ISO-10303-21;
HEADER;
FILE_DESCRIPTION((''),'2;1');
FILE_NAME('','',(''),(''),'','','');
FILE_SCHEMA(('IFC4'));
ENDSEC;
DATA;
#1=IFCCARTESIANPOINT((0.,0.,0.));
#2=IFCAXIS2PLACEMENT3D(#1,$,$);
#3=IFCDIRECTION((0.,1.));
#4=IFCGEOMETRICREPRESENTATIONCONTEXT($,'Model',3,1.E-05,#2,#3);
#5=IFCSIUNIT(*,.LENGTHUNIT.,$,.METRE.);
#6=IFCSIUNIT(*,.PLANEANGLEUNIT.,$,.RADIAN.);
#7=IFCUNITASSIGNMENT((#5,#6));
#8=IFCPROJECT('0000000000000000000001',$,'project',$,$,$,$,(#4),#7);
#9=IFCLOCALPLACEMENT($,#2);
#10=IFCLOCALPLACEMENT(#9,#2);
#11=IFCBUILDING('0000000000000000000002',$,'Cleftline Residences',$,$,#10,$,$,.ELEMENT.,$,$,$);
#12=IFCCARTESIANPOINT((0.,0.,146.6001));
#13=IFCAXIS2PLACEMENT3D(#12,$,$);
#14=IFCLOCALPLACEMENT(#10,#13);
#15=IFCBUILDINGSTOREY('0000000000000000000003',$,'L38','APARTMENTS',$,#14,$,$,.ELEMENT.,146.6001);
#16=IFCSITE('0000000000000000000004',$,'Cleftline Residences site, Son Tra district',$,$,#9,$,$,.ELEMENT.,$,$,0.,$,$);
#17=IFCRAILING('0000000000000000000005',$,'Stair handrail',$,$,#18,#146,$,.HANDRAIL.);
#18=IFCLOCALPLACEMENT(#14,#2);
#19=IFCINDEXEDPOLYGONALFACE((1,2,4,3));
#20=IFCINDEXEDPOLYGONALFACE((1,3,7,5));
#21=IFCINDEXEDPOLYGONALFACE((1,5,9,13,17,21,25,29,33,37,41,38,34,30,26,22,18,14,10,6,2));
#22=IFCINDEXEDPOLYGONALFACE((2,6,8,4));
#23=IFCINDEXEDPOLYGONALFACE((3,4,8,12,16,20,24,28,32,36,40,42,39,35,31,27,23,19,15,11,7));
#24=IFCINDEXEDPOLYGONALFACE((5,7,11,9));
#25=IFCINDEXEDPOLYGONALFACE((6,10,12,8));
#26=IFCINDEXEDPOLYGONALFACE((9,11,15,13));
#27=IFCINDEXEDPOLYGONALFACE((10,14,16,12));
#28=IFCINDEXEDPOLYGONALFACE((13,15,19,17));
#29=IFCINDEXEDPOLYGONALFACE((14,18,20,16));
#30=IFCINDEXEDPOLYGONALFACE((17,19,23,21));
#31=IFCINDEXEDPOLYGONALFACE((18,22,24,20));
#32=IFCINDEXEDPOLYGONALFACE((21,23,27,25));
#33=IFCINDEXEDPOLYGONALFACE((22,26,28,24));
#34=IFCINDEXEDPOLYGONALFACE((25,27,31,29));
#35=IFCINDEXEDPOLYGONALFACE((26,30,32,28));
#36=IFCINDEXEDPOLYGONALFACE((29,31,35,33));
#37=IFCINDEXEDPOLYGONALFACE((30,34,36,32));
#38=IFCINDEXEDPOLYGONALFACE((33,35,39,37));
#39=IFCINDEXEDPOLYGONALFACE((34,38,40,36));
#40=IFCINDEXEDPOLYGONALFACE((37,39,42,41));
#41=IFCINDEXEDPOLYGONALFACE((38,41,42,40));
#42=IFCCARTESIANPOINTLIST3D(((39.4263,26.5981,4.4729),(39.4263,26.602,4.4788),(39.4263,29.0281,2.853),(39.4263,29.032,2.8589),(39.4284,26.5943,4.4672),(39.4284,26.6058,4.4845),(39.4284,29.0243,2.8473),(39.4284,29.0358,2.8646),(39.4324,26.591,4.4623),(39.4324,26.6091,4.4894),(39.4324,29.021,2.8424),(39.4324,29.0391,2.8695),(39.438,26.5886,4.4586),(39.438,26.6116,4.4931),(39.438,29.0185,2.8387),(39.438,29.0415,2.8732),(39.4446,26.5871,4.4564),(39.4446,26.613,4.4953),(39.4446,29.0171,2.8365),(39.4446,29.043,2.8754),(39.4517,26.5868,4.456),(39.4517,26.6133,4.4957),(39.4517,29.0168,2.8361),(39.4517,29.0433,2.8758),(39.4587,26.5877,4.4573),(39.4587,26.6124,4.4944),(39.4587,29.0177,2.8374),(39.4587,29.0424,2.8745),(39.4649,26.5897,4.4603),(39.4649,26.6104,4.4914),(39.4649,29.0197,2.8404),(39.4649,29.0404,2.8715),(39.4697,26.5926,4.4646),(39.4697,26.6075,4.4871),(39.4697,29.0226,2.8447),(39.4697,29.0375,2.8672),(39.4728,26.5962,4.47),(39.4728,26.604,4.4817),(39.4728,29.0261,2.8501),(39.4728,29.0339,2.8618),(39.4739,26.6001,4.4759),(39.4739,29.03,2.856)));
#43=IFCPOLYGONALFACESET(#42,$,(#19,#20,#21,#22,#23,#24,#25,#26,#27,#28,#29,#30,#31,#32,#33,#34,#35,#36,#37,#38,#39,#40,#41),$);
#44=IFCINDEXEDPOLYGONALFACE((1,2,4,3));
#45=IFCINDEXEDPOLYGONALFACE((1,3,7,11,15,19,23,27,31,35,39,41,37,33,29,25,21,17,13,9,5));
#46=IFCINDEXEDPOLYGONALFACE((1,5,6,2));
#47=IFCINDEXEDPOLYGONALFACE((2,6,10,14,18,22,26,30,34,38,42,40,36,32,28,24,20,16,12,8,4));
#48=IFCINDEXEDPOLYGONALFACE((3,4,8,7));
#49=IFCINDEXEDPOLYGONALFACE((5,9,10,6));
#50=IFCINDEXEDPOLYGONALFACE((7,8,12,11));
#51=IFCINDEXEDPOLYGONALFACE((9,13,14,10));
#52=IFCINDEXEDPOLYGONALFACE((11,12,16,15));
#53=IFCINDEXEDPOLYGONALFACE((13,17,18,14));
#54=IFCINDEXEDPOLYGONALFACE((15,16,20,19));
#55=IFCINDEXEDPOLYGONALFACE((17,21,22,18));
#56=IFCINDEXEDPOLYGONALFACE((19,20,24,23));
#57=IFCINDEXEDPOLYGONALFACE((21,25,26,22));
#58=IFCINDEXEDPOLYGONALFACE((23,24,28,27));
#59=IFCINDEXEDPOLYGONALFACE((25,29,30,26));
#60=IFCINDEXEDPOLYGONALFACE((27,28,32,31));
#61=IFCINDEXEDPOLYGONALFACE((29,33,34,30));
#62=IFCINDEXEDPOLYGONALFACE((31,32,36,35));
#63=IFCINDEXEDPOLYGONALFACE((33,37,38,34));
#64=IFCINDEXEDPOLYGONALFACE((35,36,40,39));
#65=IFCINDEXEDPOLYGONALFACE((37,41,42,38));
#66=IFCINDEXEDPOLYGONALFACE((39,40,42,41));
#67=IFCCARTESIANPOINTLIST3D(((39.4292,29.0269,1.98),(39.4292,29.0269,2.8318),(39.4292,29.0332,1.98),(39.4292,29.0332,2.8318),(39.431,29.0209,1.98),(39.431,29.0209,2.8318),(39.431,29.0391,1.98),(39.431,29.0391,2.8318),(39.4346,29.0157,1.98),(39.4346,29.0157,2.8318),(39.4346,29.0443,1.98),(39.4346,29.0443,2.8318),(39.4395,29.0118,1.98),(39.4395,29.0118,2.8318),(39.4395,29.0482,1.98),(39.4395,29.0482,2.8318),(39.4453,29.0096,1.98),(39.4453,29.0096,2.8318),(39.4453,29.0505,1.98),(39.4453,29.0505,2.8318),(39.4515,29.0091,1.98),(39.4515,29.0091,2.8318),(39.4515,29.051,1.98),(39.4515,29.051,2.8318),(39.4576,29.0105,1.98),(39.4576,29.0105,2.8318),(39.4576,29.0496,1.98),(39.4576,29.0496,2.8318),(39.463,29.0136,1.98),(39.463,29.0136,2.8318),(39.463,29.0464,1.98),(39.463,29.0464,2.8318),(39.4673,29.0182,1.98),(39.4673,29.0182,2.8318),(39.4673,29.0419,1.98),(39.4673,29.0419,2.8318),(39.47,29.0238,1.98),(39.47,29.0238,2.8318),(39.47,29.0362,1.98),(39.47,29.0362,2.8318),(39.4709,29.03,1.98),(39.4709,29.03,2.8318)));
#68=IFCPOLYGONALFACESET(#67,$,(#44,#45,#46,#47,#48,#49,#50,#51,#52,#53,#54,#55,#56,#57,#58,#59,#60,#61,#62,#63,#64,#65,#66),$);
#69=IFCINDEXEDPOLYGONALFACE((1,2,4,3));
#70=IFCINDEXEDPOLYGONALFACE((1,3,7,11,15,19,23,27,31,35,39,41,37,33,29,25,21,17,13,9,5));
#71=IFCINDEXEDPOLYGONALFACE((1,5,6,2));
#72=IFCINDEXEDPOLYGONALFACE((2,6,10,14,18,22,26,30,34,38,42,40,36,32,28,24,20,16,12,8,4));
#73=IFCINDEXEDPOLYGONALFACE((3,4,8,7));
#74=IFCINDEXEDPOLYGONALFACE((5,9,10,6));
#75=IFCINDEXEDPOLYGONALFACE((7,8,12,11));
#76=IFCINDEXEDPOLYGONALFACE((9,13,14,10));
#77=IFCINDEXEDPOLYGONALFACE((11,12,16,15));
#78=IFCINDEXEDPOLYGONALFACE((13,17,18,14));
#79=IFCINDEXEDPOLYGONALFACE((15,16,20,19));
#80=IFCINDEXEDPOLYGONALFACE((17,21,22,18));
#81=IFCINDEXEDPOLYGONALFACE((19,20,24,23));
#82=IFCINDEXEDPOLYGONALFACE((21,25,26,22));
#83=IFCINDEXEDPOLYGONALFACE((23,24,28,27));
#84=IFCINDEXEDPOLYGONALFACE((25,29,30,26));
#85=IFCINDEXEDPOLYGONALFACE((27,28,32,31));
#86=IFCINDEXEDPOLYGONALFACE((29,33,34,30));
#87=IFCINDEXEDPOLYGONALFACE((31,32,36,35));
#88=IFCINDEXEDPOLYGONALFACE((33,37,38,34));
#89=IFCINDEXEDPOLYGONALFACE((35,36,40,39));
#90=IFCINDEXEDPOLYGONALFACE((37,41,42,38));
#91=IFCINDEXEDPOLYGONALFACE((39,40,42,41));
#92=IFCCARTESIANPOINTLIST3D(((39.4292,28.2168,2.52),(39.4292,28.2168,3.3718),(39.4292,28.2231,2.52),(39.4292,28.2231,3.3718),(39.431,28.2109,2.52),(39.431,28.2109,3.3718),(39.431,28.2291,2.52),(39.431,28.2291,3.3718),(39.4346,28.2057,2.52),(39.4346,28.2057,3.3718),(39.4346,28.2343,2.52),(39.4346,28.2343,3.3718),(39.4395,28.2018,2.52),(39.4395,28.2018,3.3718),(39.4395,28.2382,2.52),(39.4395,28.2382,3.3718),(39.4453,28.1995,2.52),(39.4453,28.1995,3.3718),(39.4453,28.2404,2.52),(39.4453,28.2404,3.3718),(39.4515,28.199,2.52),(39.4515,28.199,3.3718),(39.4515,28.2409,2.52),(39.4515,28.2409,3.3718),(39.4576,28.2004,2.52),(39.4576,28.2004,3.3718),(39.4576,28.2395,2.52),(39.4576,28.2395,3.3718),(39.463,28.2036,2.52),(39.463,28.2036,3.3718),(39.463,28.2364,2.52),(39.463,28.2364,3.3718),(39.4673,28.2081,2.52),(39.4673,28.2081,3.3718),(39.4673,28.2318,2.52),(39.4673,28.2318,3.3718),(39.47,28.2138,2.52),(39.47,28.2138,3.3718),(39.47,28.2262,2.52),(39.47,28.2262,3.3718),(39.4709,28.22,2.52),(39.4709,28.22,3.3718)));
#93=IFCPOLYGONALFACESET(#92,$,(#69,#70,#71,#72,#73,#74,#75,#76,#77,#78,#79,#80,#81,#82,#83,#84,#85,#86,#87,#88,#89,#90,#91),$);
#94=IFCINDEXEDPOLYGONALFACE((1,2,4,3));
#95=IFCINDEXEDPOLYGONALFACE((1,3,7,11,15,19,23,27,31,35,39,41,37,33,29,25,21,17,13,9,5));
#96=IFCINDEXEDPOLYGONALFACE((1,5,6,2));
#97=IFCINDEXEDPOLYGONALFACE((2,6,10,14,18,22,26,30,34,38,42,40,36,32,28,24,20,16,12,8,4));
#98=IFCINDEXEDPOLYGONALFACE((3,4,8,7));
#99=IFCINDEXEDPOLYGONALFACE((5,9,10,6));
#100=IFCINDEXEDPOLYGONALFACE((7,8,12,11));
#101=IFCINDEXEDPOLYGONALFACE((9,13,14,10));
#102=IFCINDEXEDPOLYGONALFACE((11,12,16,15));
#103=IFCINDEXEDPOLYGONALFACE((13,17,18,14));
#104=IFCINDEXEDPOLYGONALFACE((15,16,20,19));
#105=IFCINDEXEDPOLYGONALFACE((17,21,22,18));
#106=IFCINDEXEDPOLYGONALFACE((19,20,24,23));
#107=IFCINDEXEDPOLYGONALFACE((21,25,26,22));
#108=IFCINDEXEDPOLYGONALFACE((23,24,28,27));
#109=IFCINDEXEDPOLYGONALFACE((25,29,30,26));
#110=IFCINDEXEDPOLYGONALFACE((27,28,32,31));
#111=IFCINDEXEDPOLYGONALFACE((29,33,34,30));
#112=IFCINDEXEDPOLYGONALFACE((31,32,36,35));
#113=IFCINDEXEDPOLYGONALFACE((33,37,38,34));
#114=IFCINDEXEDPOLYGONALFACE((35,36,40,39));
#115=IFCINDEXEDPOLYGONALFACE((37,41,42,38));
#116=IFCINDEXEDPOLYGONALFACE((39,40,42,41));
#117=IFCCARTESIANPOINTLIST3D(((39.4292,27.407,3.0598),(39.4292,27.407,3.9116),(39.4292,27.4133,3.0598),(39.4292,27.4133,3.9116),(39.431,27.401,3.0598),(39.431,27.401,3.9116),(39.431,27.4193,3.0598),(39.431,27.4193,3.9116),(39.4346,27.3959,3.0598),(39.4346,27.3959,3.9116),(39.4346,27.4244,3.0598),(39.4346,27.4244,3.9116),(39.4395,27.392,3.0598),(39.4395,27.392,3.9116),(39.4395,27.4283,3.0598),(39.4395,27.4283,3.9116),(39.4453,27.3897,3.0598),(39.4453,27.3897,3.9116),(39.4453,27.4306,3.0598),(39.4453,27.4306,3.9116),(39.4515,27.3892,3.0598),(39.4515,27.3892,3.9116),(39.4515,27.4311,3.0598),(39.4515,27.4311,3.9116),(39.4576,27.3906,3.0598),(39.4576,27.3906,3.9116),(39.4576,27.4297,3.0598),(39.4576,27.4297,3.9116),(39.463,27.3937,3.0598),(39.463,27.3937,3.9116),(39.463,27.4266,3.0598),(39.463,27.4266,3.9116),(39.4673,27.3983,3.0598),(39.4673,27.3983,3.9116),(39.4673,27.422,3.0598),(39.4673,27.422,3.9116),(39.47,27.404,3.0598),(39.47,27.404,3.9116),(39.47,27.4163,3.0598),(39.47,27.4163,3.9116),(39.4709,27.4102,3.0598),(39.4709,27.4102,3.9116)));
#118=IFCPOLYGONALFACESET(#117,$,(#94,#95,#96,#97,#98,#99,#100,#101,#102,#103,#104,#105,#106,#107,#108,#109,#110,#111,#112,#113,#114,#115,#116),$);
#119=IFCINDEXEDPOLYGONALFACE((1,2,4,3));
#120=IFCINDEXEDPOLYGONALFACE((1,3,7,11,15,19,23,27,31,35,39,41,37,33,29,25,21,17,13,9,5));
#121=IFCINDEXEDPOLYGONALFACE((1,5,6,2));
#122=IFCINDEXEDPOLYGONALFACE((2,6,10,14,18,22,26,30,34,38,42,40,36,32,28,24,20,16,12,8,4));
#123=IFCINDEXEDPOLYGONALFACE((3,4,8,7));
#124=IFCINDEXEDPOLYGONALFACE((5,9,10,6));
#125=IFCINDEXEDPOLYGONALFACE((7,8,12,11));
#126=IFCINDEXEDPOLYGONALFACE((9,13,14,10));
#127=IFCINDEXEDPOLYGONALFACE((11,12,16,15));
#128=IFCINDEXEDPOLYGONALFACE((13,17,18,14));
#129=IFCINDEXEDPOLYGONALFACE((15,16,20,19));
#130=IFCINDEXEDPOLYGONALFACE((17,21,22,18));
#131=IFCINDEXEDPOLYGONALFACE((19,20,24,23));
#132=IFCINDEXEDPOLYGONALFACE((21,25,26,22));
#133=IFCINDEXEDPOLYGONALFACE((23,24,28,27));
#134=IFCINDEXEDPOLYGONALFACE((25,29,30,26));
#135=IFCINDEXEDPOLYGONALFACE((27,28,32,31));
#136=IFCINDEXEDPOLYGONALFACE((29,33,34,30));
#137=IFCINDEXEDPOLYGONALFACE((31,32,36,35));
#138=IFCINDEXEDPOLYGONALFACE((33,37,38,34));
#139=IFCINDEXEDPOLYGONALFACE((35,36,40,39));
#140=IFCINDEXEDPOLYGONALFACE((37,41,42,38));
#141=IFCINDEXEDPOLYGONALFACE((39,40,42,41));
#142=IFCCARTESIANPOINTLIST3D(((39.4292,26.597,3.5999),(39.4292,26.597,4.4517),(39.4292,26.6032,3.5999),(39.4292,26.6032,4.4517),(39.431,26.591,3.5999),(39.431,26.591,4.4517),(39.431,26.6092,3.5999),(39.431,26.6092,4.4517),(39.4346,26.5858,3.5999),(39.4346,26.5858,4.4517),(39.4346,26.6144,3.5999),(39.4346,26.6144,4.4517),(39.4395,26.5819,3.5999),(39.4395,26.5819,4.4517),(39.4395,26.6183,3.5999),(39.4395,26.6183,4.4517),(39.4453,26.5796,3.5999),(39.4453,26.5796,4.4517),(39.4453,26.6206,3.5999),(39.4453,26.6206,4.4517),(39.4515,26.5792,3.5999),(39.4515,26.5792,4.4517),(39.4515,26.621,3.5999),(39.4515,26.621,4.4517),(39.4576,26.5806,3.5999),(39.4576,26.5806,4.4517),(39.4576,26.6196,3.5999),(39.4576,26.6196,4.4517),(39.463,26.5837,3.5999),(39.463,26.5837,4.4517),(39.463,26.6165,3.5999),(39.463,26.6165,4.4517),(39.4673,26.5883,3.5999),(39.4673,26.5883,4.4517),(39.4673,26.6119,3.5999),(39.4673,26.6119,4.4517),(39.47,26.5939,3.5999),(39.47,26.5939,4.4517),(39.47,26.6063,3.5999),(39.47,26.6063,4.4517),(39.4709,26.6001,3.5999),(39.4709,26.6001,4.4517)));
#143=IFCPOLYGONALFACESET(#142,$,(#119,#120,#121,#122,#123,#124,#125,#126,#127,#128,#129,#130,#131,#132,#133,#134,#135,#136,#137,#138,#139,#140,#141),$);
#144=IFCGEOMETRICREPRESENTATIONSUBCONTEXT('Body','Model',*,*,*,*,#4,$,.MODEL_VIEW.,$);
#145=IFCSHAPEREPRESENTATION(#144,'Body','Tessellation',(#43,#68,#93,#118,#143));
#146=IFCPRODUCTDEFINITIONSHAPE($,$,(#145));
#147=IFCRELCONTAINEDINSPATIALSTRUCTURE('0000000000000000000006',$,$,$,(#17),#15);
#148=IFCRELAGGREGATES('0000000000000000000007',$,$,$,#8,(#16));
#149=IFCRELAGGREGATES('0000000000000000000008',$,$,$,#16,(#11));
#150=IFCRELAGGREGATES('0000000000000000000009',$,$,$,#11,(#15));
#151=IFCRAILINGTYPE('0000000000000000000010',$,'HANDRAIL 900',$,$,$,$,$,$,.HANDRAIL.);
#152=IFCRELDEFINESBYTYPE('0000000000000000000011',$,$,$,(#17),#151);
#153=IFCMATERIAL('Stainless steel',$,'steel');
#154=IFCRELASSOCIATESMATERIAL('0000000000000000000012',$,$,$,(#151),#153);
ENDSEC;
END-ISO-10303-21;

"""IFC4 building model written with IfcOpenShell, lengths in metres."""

from ifc_helpers import new_model, si_unit, direction, frame, origin, origin_2d, place, context, subcontext, project, spatial, circle, extrude, material, type_object, element, save


model = new_model("IFC4")

# Units and contexts
model_context = context("Model", 3, precision=1e-05, world=origin(), true_north=direction((0.0, 1.0)))
body_context = subcontext(model_context, "Body", "Model", "MODEL_VIEW")
ifc_project = project(units=[si_unit("LENGTHUNIT", "METRE"), si_unit("PLANEANGLEUNIT", "RADIAN")], contexts=[model_context])

# Site, building, storey
site_placement = place(None, origin())
site = spatial("IfcSite", under=ifc_project, at=site_placement, Name="Cleftline Residences site, Son Tra district", CompositionType="ELEMENT", RefElevation=0.0)
building_placement = place(site_placement, origin())
building = spatial("IfcBuilding", under=site, at=building_placement, Name="Cleftline Residences", CompositionType="ELEMENT")
storey_placement = place(building_placement, frame((0.0, 0.0, 146.6001)))
storey = spatial("IfcBuildingStorey", under=building, at=storey_placement, Name="L38", Description="APARTMENTS", CompositionType="ELEMENT", Elevation=146.6001)

# Railing
ifc_material_1 = material(Name="Stainless steel", Category="steel")
railing_type = type_object("IfcRailingType", Name="HANDRAIL 900", PredefinedType="HANDRAIL", material=ifc_material_1)
railing_1_placement = place(storey_placement, frame((39.45, 29.03, 1.98)))
element("IfcRailing", 1, at=railing_1_placement, inside=storey, type_object=railing_type, Name="Stair handrail", PredefinedType="HANDRAIL", context=body_context, shape_type="SweptSolid", body=[
    extrude(circle(Radius=0.0239, at=origin_2d()), frame((0.0, 0.0, 0.876), z_axis=(0.0, -0.832063, 0.554681), x_axis=(1.0, 0.0, 0.0)), (0.0, 0.0, 1.0), 2.9204),
    extrude(circle(Radius=0.021, at=origin_2d()), origin(), (0.0, 0.0, 1.0), 0.8518),
    extrude(circle(Radius=0.021, at=origin_2d()), frame((0.0, -0.8101, 0.54)), (0.0, 0.0, 1.0), 0.8518),
    extrude(circle(Radius=0.021, at=origin_2d()), frame((0.0, -1.6199, 1.0798)), (0.0, 0.0, 1.0), 0.8518),
    extrude(circle(Radius=0.021, at=origin_2d()), frame((0.0, -2.4299, 1.6199)), (0.0, 0.0, 1.0), 0.8518),
])

save(model, "model.ifc")
